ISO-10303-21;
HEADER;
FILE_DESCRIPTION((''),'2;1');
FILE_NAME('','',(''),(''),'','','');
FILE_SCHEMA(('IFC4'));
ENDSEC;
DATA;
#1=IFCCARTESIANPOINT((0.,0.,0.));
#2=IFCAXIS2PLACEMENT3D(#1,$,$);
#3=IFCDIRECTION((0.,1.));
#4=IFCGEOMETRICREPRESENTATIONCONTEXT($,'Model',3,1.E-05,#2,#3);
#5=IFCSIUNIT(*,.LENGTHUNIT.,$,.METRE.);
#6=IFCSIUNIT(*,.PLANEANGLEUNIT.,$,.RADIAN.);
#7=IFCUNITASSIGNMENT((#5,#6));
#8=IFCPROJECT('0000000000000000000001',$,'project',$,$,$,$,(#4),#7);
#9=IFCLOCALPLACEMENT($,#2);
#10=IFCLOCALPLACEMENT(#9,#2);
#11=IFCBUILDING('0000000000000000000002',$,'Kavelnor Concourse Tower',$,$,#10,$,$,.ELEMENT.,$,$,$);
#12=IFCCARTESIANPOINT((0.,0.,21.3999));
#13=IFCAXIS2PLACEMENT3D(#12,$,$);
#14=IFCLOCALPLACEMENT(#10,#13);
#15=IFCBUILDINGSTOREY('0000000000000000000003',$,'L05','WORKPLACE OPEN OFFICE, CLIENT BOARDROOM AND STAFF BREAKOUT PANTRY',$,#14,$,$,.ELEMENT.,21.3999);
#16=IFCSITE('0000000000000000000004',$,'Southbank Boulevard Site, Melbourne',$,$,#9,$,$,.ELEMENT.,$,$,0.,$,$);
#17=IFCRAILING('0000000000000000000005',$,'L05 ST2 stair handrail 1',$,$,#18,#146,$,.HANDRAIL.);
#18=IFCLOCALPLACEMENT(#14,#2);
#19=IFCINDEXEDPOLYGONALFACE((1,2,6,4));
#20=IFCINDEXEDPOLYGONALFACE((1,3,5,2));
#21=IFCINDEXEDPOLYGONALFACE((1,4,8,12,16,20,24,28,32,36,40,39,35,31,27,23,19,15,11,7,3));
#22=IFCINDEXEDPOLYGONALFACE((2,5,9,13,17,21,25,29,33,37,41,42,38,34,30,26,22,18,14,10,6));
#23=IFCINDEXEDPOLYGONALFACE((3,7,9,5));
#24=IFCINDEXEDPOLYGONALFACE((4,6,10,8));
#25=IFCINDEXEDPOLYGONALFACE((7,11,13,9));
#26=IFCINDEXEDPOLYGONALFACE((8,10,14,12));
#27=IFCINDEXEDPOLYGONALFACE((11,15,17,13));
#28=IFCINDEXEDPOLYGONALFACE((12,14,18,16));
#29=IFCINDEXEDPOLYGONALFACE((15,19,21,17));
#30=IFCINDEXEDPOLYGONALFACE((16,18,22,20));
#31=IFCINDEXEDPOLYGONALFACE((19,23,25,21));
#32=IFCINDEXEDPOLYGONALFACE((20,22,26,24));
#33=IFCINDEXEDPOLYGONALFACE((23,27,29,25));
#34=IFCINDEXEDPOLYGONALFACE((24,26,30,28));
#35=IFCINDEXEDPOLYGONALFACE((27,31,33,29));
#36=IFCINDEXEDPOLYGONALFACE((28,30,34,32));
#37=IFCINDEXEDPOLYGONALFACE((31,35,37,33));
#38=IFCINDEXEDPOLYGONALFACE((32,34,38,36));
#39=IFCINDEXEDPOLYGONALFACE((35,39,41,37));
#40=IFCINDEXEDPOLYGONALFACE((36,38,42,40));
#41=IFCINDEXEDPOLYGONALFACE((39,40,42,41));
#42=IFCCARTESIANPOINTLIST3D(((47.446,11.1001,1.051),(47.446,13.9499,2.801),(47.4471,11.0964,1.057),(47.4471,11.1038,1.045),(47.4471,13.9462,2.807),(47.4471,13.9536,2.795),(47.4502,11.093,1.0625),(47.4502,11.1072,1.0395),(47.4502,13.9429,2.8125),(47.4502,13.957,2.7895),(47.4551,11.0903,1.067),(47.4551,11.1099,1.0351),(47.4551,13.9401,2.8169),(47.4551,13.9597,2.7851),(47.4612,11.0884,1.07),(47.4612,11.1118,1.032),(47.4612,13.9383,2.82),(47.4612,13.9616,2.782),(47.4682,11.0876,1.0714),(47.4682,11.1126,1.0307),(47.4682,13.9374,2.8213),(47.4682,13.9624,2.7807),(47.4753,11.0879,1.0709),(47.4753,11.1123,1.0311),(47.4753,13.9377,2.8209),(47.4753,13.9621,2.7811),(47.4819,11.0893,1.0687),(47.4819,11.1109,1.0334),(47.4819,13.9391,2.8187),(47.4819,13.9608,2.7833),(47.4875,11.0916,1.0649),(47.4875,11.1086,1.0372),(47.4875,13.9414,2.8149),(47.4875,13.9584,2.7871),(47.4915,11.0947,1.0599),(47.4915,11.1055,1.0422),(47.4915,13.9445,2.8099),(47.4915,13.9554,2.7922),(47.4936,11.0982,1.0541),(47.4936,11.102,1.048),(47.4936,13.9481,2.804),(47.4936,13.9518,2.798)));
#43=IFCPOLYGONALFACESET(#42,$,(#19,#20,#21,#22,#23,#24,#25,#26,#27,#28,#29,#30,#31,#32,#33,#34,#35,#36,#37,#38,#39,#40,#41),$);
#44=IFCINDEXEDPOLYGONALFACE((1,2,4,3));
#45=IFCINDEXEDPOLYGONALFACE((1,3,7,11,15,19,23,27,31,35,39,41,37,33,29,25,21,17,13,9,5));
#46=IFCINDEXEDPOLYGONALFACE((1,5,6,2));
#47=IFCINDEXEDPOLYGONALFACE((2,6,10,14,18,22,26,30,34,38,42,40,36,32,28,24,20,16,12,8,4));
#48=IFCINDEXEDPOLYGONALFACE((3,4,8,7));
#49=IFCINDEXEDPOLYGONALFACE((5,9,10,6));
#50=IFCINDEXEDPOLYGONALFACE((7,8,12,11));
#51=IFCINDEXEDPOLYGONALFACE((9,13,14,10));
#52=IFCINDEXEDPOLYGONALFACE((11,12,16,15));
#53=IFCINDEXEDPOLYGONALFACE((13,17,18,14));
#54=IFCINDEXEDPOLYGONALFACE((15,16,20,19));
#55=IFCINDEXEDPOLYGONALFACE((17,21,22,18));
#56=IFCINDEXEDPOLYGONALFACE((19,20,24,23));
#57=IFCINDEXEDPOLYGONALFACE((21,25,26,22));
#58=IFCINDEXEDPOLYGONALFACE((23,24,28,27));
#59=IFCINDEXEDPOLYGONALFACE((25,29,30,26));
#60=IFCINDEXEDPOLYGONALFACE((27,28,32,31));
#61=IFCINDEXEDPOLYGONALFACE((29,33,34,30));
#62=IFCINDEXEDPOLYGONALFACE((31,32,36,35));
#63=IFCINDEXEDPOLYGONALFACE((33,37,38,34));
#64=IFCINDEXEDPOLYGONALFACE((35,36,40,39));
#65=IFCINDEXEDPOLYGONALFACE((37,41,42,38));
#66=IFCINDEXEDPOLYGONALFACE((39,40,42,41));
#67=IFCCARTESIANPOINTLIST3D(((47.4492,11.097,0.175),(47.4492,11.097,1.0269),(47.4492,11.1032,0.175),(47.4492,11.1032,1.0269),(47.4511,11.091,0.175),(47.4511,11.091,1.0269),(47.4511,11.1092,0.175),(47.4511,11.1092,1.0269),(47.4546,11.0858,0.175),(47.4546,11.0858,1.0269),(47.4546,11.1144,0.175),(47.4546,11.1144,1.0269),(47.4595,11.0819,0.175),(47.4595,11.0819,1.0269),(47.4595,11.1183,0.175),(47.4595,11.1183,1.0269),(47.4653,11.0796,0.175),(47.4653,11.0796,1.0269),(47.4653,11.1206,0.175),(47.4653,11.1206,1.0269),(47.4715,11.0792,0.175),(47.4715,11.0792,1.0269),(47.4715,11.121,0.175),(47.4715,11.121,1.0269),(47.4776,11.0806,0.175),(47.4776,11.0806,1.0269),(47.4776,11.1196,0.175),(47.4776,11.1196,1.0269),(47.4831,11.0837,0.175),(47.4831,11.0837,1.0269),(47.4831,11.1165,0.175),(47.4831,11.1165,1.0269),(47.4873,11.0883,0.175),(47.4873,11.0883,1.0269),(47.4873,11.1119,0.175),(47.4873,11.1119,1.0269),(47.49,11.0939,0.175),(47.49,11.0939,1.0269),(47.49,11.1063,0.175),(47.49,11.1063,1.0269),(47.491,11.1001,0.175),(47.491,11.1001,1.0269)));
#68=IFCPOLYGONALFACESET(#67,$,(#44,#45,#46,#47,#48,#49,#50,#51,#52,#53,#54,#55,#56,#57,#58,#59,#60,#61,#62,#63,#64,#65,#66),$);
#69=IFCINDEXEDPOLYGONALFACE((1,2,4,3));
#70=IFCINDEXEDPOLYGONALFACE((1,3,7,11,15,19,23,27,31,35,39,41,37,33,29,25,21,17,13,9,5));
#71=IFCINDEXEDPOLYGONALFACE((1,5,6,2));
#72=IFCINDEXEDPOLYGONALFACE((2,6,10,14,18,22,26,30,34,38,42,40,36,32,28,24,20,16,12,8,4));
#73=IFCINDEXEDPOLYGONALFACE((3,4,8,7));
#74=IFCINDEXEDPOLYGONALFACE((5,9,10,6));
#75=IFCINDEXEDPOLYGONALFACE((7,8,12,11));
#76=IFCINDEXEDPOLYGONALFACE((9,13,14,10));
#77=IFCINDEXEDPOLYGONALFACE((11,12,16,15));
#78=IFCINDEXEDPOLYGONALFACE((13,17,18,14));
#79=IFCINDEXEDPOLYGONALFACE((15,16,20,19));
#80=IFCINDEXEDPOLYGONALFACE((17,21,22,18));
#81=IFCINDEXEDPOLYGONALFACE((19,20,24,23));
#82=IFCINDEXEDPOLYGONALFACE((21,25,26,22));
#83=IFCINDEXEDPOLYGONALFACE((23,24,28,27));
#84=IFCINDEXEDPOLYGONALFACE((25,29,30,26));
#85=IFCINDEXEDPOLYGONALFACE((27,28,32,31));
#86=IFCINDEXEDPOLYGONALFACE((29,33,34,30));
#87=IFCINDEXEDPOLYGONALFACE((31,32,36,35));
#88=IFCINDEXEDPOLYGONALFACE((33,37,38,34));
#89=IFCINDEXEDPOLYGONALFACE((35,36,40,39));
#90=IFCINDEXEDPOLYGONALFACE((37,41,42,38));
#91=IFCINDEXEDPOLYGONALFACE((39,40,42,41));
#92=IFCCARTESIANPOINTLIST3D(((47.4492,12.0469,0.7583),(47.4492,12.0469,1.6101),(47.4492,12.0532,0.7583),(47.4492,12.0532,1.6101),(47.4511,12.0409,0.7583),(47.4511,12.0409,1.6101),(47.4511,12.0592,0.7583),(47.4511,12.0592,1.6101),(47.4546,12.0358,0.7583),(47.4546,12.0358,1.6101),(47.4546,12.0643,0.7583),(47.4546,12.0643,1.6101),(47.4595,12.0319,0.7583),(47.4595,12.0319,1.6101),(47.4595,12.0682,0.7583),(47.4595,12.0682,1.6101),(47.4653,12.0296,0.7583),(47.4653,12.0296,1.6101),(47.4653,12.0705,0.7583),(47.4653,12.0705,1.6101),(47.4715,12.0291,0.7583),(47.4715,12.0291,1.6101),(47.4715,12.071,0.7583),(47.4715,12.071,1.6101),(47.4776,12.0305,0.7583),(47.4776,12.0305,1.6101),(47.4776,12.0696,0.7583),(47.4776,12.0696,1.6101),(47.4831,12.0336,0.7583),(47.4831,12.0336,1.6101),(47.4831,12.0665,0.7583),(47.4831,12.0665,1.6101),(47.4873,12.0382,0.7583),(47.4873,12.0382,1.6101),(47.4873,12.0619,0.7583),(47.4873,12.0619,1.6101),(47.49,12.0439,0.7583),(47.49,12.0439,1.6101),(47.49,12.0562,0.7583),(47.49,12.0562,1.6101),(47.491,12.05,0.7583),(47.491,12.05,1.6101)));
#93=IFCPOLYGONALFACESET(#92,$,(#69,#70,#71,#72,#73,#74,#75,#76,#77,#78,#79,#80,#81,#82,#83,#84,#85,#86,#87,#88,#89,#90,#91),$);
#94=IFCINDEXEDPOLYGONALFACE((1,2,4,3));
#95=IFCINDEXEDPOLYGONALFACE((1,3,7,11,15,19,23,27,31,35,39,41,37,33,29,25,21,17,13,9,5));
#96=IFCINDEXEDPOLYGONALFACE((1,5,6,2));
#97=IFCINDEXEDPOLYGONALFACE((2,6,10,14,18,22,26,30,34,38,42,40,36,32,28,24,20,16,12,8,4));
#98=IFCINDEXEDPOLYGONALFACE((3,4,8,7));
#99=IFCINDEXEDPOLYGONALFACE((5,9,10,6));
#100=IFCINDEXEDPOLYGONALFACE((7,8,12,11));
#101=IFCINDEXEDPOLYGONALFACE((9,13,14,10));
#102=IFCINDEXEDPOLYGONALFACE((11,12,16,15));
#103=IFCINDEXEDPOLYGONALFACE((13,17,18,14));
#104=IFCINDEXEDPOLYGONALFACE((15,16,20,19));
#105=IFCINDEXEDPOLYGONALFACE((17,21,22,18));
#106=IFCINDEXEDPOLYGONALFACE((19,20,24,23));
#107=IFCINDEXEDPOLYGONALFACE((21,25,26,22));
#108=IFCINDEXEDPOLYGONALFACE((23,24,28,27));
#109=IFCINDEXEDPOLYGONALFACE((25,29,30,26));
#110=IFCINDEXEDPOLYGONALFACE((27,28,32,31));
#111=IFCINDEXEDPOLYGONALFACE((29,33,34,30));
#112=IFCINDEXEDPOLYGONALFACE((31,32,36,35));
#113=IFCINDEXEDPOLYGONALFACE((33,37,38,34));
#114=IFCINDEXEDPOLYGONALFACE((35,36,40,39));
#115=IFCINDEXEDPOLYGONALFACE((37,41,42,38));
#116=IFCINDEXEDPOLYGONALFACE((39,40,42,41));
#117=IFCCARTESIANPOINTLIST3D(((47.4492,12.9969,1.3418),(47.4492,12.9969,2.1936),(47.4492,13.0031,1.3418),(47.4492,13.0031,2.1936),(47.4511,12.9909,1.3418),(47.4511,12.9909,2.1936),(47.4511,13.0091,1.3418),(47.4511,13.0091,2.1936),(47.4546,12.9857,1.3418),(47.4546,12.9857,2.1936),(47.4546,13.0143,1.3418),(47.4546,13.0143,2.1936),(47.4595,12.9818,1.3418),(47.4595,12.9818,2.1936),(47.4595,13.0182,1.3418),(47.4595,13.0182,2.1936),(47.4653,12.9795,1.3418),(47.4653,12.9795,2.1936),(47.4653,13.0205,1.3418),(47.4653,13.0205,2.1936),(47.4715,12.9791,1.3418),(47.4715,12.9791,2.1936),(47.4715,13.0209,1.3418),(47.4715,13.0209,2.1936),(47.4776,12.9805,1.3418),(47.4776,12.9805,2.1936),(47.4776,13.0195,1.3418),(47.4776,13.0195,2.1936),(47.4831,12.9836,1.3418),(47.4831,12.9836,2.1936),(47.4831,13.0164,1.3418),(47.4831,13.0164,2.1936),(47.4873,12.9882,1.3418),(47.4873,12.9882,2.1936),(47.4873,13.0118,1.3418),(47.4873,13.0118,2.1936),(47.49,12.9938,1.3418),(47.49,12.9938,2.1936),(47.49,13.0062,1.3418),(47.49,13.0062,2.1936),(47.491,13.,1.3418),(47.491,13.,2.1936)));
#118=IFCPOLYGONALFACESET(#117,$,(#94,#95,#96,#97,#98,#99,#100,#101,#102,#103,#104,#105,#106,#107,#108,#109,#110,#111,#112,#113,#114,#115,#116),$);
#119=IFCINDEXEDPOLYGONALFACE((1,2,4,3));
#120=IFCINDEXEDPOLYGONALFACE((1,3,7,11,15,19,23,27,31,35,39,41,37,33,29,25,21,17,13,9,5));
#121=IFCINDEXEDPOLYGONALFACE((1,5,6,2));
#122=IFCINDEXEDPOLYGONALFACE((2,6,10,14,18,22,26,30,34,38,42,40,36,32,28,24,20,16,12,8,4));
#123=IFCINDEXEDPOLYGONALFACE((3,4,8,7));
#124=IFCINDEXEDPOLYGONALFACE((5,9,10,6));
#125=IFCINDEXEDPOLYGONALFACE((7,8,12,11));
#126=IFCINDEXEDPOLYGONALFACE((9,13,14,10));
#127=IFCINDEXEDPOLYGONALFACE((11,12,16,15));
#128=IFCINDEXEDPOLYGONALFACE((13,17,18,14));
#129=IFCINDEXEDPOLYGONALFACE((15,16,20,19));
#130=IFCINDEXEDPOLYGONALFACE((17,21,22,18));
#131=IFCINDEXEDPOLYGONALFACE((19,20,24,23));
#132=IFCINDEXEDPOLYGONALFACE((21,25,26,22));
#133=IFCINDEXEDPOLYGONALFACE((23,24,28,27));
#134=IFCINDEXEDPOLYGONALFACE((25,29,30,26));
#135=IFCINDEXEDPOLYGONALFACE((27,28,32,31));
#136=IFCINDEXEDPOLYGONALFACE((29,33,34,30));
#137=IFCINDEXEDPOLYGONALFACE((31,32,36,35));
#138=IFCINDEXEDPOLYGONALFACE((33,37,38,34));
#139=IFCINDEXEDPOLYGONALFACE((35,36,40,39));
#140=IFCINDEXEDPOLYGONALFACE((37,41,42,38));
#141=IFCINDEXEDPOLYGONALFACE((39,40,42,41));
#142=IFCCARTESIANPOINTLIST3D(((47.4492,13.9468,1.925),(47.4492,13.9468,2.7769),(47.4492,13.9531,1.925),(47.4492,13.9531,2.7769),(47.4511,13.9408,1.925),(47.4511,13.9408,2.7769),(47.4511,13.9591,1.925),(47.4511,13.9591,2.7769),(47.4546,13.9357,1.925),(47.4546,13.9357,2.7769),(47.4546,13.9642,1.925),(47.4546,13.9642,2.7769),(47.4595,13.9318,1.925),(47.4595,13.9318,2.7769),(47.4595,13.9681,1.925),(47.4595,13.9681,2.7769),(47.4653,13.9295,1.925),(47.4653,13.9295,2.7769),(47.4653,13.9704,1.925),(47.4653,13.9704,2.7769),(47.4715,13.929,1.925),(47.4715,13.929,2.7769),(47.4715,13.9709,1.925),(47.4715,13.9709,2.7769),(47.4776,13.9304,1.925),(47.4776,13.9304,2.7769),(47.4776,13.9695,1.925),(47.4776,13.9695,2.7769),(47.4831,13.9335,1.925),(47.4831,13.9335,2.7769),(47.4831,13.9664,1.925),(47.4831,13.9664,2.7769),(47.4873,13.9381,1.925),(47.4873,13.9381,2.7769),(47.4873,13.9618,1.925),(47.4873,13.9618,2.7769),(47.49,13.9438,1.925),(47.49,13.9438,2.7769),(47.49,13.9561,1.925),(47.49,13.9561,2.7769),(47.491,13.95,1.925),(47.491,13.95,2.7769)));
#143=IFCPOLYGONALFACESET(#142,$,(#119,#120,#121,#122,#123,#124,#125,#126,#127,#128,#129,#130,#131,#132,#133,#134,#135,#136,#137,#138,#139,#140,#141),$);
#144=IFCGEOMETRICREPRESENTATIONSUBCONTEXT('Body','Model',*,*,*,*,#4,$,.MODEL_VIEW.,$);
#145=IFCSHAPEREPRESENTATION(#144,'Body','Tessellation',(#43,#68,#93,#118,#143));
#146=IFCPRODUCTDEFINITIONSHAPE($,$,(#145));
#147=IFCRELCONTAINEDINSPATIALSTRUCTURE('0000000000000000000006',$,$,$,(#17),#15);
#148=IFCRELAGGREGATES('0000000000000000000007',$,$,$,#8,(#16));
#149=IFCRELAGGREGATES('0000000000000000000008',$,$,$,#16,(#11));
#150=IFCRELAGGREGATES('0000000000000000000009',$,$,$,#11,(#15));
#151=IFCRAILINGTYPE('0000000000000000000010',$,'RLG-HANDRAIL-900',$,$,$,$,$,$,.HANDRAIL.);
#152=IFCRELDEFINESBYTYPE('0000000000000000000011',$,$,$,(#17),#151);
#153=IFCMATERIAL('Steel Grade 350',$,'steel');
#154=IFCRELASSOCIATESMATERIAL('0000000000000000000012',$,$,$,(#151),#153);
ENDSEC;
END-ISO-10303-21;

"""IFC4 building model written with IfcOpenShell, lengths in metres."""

from ifc_helpers import new_model, si_unit, direction, frame, origin, origin_2d, place, context, subcontext, project, spatial, circle, extrude, material, type_object, element, save


model = new_model("IFC4")

# Units and contexts
model_context = context("Model", 3, precision=1e-05, world=origin(), true_north=direction((0.0, 1.0)))
body_context = subcontext(model_context, "Body", "Model", "MODEL_VIEW")
ifc_project = project(units=[si_unit("LENGTHUNIT", "METRE"), si_unit("PLANEANGLEUNIT", "RADIAN")], contexts=[model_context])

# Site, building, storey
site_placement = place(None, origin())
site = spatial("IfcSite", under=ifc_project, at=site_placement, Name="Southbank Boulevard Site, Melbourne", CompositionType="ELEMENT", RefElevation=0.0)
building_placement = place(site_placement, origin())
building = spatial("IfcBuilding", under=site, at=building_placement, Name="Kavelnor Concourse Tower", CompositionType="ELEMENT")
storey_placement = place(building_placement, frame((0.0, 0.0, 21.3999)))
storey = spatial("IfcBuildingStorey", under=building, at=storey_placement, Name="L05", Description="WORKPLACE OPEN OFFICE, CLIENT BOARDROOM AND STAFF BREAKOUT PANTRY", CompositionType="ELEMENT", Elevation=21.3999)

# Shared definitions
ifc_material_1 = material(Name="Steel Grade 350", Category="steel")

# Railing
railing_type_1 = type_object("IfcRailingType", Name="RLG-HANDRAIL-900", PredefinedType="HANDRAIL", material=ifc_material_1)
railing_1_placement = place(storey_placement, frame((47.47, 11.1001, 0.175)))
element("IfcRailing", 1, at=railing_1_placement, inside=storey, type_object=railing_type_1, Name="L05 ST2 stair handrail 1", PredefinedType="HANDRAIL", context=body_context, shape_type="SweptSolid", body=[
    extrude(circle(Radius=0.0239, at=origin_2d()), frame((0.0, 0.0, 0.876), z_axis=(0.0, 0.852159, 0.523283), x_axis=(-1.0, 0.0, 0.0)), (0.0, 0.0, 1.0), 3.3442),
    extrude(circle(Radius=0.021, at=origin_2d()), origin(), (0.0, 0.0, 1.0), 0.8518),
    extrude(circle(Radius=0.021, at=origin_2d()), frame((0.0, 0.95, 0.5833)), (0.0, 0.0, 1.0), 0.8518),
    extrude(circle(Radius=0.021, at=origin_2d()), frame((0.0, 1.8999, 1.1667)), (0.0, 0.0, 1.0), 0.8518),
    extrude(circle(Radius=0.021, at=origin_2d()), frame((0.0, 2.8499, 1.75)), (0.0, 0.0, 1.0), 0.8518),
])

save(model, "model.ifc")
